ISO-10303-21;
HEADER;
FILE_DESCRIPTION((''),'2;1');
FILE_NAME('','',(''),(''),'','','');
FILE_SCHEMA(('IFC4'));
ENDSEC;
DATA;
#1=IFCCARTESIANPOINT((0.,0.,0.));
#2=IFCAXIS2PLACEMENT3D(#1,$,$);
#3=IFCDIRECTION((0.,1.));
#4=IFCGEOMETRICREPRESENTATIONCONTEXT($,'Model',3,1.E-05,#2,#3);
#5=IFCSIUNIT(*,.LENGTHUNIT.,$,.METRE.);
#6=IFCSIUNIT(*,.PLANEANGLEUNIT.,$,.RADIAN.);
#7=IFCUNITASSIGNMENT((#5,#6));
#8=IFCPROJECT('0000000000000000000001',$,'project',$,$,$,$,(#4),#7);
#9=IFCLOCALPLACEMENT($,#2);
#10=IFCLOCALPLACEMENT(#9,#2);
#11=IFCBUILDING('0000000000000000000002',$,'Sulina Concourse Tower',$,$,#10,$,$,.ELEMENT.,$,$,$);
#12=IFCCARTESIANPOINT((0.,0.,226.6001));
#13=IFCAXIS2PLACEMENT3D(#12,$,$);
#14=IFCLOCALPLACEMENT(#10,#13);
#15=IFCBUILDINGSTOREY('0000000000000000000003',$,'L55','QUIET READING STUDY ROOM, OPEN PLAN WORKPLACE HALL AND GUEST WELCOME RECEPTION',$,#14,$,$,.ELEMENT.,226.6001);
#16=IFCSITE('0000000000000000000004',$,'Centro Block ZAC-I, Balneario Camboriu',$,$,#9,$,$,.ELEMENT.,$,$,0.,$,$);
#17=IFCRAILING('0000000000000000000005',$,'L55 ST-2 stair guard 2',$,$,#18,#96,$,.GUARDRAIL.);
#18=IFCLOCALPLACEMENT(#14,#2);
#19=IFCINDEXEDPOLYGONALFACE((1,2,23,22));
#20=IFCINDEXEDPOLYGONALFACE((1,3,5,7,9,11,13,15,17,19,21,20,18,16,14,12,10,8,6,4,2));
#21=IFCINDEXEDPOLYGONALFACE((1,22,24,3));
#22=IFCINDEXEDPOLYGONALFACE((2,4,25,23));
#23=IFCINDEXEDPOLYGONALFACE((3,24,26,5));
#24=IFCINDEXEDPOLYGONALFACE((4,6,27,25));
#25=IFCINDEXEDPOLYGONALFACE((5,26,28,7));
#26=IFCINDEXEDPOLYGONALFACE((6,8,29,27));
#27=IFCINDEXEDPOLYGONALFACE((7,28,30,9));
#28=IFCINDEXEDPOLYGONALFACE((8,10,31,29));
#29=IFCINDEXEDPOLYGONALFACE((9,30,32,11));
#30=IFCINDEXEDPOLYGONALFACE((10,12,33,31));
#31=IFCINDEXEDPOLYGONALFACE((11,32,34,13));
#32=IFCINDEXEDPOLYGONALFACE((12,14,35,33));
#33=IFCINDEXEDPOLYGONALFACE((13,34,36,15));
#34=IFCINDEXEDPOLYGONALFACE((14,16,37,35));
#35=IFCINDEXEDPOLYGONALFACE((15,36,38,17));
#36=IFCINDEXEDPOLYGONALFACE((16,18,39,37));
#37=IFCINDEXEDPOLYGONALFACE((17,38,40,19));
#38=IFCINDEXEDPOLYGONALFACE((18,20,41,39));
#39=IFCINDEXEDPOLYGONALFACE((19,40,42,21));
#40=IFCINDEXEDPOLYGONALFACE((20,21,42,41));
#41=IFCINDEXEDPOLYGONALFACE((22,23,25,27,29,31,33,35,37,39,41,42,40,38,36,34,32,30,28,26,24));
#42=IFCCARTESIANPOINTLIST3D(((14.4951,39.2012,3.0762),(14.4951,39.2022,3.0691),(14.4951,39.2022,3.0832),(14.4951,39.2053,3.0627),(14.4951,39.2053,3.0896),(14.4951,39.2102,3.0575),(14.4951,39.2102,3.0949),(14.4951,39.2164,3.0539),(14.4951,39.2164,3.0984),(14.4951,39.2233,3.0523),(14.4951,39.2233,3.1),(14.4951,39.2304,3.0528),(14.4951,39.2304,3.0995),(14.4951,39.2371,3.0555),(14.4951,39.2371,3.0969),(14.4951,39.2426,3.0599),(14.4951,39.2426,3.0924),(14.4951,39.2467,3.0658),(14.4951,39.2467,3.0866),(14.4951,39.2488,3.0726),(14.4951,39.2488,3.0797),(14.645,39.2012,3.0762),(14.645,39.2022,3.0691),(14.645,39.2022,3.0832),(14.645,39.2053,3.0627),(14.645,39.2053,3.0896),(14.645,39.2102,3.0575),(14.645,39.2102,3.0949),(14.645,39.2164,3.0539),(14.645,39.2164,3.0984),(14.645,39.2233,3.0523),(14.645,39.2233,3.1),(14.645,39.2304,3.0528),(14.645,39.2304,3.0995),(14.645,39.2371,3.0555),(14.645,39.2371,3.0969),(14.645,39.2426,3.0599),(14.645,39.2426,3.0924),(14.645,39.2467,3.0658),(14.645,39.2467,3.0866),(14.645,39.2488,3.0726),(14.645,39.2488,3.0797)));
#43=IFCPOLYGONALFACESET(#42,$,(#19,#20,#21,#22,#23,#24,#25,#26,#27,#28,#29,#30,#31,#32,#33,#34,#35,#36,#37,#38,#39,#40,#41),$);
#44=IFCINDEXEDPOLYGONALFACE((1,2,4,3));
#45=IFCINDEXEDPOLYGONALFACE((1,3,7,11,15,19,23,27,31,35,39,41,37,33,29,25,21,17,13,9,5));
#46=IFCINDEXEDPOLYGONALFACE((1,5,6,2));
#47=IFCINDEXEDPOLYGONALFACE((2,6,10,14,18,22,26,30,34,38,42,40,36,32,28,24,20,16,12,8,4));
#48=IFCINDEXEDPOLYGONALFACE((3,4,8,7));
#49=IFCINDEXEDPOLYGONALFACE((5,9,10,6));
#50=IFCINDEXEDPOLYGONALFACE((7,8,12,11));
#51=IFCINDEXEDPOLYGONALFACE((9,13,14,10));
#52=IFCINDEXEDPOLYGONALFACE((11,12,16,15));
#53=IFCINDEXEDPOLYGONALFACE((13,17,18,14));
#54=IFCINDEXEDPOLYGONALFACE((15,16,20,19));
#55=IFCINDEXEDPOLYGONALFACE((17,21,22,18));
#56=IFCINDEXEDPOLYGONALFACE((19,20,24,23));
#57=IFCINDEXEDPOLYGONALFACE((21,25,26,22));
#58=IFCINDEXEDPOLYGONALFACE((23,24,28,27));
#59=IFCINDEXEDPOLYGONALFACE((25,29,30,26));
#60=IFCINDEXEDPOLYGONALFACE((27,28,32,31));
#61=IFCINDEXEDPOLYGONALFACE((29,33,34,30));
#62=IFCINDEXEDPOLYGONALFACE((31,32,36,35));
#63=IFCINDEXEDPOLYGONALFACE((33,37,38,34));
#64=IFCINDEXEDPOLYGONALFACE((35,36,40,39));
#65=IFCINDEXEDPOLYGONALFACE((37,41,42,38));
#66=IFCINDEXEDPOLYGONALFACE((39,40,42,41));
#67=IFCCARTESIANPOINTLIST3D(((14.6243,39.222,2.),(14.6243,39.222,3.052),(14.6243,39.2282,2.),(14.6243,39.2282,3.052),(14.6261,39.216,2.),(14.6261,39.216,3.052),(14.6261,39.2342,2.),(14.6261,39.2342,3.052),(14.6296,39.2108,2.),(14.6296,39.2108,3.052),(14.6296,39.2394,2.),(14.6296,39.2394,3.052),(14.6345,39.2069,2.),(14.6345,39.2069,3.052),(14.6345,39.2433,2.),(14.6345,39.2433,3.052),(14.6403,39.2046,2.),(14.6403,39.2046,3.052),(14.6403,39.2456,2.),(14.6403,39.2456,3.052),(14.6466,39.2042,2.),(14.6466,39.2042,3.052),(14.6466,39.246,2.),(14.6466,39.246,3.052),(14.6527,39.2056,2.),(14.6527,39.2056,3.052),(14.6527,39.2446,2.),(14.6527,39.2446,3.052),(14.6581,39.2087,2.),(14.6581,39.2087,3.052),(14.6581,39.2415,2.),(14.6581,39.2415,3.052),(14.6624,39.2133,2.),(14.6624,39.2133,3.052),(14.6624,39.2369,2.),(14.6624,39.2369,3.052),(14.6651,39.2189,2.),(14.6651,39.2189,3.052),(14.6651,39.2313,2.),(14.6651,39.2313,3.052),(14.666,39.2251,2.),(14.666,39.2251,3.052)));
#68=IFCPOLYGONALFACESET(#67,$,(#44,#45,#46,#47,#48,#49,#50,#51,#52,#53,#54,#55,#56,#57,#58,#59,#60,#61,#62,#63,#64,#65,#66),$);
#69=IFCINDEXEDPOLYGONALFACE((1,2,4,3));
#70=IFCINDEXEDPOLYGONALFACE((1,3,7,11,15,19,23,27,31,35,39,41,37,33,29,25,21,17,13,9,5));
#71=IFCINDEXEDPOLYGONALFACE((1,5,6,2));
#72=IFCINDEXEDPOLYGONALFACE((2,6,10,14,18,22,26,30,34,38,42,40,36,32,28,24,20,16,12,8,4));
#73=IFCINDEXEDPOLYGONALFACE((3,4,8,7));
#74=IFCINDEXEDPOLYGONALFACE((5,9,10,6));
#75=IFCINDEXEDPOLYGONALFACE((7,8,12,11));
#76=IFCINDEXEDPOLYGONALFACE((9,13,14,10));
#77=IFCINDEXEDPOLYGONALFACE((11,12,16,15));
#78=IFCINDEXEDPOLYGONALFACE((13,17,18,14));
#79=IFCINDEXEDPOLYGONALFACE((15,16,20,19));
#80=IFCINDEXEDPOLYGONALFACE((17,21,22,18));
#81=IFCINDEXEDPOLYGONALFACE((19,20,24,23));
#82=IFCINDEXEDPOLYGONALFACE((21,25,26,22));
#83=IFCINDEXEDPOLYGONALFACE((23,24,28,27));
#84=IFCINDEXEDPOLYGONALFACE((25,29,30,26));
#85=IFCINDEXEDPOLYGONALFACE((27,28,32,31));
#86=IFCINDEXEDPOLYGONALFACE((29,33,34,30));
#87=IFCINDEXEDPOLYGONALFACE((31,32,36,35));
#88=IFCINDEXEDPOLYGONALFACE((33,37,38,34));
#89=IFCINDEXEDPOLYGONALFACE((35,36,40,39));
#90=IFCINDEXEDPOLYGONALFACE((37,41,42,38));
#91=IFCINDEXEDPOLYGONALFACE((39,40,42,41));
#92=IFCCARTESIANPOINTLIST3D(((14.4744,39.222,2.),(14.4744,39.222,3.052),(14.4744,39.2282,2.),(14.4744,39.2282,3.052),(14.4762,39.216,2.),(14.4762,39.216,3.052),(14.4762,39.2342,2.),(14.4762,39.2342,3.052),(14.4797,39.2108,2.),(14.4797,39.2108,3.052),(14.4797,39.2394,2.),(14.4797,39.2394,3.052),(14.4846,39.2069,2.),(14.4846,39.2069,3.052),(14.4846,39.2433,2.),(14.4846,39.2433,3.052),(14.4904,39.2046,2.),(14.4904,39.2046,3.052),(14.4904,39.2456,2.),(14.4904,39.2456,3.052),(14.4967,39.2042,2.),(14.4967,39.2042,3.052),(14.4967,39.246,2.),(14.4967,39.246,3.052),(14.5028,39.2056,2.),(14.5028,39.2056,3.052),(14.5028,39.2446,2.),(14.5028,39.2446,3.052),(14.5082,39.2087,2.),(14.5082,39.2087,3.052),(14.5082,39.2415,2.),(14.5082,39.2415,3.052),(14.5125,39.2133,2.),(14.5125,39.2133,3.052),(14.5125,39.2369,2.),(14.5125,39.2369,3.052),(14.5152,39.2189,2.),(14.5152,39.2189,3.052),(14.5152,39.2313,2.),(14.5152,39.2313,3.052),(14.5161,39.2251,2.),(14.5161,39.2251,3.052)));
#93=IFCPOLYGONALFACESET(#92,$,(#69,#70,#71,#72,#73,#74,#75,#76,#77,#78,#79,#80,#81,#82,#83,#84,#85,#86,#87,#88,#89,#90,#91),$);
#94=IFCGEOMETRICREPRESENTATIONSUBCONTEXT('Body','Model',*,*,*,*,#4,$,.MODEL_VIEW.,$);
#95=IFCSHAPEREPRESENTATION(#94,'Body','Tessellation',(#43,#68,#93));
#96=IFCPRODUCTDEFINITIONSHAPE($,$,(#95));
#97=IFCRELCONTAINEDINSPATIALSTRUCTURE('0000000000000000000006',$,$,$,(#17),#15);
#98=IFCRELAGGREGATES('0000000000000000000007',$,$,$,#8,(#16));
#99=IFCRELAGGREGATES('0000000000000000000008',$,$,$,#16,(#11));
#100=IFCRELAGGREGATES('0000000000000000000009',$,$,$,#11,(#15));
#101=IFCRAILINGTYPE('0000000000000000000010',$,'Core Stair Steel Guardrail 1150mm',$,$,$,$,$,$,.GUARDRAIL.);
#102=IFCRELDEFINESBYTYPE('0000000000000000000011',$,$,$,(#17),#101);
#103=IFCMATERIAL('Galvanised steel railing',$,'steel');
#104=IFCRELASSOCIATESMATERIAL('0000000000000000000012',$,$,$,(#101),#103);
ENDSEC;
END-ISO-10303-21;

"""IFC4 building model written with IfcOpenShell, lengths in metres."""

from ifc_helpers import new_model, si_unit, direction, frame, origin, origin_2d, place, context, subcontext, project, spatial, circle, extrude, material, type_object, element, save


model = new_model("IFC4")

# Units and contexts
model_context = context("Model", 3, precision=1e-05, world=origin(), true_north=direction((0.0, 1.0)))
body_context = subcontext(model_context, "Body", "Model", "MODEL_VIEW")
ifc_project = project(units=[si_unit("LENGTHUNIT", "METRE"), si_unit("PLANEANGLEUNIT", "RADIAN")], contexts=[model_context])

# Site, building, storey
site_placement = place(None, origin())
site = spatial("IfcSite", under=ifc_project, at=site_placement, Name="Centro Block ZAC-I, Balneario Camboriu", CompositionType="ELEMENT", RefElevation=0.0)
building_placement = place(site_placement, origin())
building = spatial("IfcBuilding", under=site, at=building_placement, Name="Sulina Concourse Tower", CompositionType="ELEMENT")
storey_placement = place(building_placement, frame((0.0, 0.0, 226.6001)))
storey = spatial("IfcBuildingStorey", under=building, at=storey_placement, Name="L55", Description="QUIET READING STUDY ROOM, OPEN PLAN WORKPLACE HALL AND GUEST WELCOME RECEPTION", CompositionType="ELEMENT", Elevation=226.6001)

# Railing
ifc_material_1 = material(Name="Galvanised steel railing", Category="steel")
railing_type_1 = type_object("IfcRailingType", Name="Core Stair Steel Guardrail 1150mm", PredefinedType="GUARDRAIL", material=ifc_material_1)
railing_1_placement = place(storey_placement, frame((14.645, 39.2251, 2.0)))
element("IfcRailing", 1, at=railing_1_placement, inside=storey, type_object=railing_type_1, Name="L55 ST-2 stair guard 2", PredefinedType="GUARDRAIL", context=body_context, shape_type="SweptSolid", body=[
    extrude(circle(Radius=0.0239, at=origin_2d()), frame((0.0, 0.0, 1.0762), z_axis=(-1.0, 0.0, 0.0), x_axis=(0.0, -1.0, 0.0)), (0.0, 0.0, 1.0), 0.1499),
    extrude(circle(Radius=0.021, at=origin_2d()), origin(), (0.0, 0.0, 1.0), 1.052),
    extrude(circle(Radius=0.021, at=origin_2d()), frame((-0.1499, 0.0, 0.0)), (0.0, 0.0, 1.0), 1.052),
])

save(model, "model.ifc")
